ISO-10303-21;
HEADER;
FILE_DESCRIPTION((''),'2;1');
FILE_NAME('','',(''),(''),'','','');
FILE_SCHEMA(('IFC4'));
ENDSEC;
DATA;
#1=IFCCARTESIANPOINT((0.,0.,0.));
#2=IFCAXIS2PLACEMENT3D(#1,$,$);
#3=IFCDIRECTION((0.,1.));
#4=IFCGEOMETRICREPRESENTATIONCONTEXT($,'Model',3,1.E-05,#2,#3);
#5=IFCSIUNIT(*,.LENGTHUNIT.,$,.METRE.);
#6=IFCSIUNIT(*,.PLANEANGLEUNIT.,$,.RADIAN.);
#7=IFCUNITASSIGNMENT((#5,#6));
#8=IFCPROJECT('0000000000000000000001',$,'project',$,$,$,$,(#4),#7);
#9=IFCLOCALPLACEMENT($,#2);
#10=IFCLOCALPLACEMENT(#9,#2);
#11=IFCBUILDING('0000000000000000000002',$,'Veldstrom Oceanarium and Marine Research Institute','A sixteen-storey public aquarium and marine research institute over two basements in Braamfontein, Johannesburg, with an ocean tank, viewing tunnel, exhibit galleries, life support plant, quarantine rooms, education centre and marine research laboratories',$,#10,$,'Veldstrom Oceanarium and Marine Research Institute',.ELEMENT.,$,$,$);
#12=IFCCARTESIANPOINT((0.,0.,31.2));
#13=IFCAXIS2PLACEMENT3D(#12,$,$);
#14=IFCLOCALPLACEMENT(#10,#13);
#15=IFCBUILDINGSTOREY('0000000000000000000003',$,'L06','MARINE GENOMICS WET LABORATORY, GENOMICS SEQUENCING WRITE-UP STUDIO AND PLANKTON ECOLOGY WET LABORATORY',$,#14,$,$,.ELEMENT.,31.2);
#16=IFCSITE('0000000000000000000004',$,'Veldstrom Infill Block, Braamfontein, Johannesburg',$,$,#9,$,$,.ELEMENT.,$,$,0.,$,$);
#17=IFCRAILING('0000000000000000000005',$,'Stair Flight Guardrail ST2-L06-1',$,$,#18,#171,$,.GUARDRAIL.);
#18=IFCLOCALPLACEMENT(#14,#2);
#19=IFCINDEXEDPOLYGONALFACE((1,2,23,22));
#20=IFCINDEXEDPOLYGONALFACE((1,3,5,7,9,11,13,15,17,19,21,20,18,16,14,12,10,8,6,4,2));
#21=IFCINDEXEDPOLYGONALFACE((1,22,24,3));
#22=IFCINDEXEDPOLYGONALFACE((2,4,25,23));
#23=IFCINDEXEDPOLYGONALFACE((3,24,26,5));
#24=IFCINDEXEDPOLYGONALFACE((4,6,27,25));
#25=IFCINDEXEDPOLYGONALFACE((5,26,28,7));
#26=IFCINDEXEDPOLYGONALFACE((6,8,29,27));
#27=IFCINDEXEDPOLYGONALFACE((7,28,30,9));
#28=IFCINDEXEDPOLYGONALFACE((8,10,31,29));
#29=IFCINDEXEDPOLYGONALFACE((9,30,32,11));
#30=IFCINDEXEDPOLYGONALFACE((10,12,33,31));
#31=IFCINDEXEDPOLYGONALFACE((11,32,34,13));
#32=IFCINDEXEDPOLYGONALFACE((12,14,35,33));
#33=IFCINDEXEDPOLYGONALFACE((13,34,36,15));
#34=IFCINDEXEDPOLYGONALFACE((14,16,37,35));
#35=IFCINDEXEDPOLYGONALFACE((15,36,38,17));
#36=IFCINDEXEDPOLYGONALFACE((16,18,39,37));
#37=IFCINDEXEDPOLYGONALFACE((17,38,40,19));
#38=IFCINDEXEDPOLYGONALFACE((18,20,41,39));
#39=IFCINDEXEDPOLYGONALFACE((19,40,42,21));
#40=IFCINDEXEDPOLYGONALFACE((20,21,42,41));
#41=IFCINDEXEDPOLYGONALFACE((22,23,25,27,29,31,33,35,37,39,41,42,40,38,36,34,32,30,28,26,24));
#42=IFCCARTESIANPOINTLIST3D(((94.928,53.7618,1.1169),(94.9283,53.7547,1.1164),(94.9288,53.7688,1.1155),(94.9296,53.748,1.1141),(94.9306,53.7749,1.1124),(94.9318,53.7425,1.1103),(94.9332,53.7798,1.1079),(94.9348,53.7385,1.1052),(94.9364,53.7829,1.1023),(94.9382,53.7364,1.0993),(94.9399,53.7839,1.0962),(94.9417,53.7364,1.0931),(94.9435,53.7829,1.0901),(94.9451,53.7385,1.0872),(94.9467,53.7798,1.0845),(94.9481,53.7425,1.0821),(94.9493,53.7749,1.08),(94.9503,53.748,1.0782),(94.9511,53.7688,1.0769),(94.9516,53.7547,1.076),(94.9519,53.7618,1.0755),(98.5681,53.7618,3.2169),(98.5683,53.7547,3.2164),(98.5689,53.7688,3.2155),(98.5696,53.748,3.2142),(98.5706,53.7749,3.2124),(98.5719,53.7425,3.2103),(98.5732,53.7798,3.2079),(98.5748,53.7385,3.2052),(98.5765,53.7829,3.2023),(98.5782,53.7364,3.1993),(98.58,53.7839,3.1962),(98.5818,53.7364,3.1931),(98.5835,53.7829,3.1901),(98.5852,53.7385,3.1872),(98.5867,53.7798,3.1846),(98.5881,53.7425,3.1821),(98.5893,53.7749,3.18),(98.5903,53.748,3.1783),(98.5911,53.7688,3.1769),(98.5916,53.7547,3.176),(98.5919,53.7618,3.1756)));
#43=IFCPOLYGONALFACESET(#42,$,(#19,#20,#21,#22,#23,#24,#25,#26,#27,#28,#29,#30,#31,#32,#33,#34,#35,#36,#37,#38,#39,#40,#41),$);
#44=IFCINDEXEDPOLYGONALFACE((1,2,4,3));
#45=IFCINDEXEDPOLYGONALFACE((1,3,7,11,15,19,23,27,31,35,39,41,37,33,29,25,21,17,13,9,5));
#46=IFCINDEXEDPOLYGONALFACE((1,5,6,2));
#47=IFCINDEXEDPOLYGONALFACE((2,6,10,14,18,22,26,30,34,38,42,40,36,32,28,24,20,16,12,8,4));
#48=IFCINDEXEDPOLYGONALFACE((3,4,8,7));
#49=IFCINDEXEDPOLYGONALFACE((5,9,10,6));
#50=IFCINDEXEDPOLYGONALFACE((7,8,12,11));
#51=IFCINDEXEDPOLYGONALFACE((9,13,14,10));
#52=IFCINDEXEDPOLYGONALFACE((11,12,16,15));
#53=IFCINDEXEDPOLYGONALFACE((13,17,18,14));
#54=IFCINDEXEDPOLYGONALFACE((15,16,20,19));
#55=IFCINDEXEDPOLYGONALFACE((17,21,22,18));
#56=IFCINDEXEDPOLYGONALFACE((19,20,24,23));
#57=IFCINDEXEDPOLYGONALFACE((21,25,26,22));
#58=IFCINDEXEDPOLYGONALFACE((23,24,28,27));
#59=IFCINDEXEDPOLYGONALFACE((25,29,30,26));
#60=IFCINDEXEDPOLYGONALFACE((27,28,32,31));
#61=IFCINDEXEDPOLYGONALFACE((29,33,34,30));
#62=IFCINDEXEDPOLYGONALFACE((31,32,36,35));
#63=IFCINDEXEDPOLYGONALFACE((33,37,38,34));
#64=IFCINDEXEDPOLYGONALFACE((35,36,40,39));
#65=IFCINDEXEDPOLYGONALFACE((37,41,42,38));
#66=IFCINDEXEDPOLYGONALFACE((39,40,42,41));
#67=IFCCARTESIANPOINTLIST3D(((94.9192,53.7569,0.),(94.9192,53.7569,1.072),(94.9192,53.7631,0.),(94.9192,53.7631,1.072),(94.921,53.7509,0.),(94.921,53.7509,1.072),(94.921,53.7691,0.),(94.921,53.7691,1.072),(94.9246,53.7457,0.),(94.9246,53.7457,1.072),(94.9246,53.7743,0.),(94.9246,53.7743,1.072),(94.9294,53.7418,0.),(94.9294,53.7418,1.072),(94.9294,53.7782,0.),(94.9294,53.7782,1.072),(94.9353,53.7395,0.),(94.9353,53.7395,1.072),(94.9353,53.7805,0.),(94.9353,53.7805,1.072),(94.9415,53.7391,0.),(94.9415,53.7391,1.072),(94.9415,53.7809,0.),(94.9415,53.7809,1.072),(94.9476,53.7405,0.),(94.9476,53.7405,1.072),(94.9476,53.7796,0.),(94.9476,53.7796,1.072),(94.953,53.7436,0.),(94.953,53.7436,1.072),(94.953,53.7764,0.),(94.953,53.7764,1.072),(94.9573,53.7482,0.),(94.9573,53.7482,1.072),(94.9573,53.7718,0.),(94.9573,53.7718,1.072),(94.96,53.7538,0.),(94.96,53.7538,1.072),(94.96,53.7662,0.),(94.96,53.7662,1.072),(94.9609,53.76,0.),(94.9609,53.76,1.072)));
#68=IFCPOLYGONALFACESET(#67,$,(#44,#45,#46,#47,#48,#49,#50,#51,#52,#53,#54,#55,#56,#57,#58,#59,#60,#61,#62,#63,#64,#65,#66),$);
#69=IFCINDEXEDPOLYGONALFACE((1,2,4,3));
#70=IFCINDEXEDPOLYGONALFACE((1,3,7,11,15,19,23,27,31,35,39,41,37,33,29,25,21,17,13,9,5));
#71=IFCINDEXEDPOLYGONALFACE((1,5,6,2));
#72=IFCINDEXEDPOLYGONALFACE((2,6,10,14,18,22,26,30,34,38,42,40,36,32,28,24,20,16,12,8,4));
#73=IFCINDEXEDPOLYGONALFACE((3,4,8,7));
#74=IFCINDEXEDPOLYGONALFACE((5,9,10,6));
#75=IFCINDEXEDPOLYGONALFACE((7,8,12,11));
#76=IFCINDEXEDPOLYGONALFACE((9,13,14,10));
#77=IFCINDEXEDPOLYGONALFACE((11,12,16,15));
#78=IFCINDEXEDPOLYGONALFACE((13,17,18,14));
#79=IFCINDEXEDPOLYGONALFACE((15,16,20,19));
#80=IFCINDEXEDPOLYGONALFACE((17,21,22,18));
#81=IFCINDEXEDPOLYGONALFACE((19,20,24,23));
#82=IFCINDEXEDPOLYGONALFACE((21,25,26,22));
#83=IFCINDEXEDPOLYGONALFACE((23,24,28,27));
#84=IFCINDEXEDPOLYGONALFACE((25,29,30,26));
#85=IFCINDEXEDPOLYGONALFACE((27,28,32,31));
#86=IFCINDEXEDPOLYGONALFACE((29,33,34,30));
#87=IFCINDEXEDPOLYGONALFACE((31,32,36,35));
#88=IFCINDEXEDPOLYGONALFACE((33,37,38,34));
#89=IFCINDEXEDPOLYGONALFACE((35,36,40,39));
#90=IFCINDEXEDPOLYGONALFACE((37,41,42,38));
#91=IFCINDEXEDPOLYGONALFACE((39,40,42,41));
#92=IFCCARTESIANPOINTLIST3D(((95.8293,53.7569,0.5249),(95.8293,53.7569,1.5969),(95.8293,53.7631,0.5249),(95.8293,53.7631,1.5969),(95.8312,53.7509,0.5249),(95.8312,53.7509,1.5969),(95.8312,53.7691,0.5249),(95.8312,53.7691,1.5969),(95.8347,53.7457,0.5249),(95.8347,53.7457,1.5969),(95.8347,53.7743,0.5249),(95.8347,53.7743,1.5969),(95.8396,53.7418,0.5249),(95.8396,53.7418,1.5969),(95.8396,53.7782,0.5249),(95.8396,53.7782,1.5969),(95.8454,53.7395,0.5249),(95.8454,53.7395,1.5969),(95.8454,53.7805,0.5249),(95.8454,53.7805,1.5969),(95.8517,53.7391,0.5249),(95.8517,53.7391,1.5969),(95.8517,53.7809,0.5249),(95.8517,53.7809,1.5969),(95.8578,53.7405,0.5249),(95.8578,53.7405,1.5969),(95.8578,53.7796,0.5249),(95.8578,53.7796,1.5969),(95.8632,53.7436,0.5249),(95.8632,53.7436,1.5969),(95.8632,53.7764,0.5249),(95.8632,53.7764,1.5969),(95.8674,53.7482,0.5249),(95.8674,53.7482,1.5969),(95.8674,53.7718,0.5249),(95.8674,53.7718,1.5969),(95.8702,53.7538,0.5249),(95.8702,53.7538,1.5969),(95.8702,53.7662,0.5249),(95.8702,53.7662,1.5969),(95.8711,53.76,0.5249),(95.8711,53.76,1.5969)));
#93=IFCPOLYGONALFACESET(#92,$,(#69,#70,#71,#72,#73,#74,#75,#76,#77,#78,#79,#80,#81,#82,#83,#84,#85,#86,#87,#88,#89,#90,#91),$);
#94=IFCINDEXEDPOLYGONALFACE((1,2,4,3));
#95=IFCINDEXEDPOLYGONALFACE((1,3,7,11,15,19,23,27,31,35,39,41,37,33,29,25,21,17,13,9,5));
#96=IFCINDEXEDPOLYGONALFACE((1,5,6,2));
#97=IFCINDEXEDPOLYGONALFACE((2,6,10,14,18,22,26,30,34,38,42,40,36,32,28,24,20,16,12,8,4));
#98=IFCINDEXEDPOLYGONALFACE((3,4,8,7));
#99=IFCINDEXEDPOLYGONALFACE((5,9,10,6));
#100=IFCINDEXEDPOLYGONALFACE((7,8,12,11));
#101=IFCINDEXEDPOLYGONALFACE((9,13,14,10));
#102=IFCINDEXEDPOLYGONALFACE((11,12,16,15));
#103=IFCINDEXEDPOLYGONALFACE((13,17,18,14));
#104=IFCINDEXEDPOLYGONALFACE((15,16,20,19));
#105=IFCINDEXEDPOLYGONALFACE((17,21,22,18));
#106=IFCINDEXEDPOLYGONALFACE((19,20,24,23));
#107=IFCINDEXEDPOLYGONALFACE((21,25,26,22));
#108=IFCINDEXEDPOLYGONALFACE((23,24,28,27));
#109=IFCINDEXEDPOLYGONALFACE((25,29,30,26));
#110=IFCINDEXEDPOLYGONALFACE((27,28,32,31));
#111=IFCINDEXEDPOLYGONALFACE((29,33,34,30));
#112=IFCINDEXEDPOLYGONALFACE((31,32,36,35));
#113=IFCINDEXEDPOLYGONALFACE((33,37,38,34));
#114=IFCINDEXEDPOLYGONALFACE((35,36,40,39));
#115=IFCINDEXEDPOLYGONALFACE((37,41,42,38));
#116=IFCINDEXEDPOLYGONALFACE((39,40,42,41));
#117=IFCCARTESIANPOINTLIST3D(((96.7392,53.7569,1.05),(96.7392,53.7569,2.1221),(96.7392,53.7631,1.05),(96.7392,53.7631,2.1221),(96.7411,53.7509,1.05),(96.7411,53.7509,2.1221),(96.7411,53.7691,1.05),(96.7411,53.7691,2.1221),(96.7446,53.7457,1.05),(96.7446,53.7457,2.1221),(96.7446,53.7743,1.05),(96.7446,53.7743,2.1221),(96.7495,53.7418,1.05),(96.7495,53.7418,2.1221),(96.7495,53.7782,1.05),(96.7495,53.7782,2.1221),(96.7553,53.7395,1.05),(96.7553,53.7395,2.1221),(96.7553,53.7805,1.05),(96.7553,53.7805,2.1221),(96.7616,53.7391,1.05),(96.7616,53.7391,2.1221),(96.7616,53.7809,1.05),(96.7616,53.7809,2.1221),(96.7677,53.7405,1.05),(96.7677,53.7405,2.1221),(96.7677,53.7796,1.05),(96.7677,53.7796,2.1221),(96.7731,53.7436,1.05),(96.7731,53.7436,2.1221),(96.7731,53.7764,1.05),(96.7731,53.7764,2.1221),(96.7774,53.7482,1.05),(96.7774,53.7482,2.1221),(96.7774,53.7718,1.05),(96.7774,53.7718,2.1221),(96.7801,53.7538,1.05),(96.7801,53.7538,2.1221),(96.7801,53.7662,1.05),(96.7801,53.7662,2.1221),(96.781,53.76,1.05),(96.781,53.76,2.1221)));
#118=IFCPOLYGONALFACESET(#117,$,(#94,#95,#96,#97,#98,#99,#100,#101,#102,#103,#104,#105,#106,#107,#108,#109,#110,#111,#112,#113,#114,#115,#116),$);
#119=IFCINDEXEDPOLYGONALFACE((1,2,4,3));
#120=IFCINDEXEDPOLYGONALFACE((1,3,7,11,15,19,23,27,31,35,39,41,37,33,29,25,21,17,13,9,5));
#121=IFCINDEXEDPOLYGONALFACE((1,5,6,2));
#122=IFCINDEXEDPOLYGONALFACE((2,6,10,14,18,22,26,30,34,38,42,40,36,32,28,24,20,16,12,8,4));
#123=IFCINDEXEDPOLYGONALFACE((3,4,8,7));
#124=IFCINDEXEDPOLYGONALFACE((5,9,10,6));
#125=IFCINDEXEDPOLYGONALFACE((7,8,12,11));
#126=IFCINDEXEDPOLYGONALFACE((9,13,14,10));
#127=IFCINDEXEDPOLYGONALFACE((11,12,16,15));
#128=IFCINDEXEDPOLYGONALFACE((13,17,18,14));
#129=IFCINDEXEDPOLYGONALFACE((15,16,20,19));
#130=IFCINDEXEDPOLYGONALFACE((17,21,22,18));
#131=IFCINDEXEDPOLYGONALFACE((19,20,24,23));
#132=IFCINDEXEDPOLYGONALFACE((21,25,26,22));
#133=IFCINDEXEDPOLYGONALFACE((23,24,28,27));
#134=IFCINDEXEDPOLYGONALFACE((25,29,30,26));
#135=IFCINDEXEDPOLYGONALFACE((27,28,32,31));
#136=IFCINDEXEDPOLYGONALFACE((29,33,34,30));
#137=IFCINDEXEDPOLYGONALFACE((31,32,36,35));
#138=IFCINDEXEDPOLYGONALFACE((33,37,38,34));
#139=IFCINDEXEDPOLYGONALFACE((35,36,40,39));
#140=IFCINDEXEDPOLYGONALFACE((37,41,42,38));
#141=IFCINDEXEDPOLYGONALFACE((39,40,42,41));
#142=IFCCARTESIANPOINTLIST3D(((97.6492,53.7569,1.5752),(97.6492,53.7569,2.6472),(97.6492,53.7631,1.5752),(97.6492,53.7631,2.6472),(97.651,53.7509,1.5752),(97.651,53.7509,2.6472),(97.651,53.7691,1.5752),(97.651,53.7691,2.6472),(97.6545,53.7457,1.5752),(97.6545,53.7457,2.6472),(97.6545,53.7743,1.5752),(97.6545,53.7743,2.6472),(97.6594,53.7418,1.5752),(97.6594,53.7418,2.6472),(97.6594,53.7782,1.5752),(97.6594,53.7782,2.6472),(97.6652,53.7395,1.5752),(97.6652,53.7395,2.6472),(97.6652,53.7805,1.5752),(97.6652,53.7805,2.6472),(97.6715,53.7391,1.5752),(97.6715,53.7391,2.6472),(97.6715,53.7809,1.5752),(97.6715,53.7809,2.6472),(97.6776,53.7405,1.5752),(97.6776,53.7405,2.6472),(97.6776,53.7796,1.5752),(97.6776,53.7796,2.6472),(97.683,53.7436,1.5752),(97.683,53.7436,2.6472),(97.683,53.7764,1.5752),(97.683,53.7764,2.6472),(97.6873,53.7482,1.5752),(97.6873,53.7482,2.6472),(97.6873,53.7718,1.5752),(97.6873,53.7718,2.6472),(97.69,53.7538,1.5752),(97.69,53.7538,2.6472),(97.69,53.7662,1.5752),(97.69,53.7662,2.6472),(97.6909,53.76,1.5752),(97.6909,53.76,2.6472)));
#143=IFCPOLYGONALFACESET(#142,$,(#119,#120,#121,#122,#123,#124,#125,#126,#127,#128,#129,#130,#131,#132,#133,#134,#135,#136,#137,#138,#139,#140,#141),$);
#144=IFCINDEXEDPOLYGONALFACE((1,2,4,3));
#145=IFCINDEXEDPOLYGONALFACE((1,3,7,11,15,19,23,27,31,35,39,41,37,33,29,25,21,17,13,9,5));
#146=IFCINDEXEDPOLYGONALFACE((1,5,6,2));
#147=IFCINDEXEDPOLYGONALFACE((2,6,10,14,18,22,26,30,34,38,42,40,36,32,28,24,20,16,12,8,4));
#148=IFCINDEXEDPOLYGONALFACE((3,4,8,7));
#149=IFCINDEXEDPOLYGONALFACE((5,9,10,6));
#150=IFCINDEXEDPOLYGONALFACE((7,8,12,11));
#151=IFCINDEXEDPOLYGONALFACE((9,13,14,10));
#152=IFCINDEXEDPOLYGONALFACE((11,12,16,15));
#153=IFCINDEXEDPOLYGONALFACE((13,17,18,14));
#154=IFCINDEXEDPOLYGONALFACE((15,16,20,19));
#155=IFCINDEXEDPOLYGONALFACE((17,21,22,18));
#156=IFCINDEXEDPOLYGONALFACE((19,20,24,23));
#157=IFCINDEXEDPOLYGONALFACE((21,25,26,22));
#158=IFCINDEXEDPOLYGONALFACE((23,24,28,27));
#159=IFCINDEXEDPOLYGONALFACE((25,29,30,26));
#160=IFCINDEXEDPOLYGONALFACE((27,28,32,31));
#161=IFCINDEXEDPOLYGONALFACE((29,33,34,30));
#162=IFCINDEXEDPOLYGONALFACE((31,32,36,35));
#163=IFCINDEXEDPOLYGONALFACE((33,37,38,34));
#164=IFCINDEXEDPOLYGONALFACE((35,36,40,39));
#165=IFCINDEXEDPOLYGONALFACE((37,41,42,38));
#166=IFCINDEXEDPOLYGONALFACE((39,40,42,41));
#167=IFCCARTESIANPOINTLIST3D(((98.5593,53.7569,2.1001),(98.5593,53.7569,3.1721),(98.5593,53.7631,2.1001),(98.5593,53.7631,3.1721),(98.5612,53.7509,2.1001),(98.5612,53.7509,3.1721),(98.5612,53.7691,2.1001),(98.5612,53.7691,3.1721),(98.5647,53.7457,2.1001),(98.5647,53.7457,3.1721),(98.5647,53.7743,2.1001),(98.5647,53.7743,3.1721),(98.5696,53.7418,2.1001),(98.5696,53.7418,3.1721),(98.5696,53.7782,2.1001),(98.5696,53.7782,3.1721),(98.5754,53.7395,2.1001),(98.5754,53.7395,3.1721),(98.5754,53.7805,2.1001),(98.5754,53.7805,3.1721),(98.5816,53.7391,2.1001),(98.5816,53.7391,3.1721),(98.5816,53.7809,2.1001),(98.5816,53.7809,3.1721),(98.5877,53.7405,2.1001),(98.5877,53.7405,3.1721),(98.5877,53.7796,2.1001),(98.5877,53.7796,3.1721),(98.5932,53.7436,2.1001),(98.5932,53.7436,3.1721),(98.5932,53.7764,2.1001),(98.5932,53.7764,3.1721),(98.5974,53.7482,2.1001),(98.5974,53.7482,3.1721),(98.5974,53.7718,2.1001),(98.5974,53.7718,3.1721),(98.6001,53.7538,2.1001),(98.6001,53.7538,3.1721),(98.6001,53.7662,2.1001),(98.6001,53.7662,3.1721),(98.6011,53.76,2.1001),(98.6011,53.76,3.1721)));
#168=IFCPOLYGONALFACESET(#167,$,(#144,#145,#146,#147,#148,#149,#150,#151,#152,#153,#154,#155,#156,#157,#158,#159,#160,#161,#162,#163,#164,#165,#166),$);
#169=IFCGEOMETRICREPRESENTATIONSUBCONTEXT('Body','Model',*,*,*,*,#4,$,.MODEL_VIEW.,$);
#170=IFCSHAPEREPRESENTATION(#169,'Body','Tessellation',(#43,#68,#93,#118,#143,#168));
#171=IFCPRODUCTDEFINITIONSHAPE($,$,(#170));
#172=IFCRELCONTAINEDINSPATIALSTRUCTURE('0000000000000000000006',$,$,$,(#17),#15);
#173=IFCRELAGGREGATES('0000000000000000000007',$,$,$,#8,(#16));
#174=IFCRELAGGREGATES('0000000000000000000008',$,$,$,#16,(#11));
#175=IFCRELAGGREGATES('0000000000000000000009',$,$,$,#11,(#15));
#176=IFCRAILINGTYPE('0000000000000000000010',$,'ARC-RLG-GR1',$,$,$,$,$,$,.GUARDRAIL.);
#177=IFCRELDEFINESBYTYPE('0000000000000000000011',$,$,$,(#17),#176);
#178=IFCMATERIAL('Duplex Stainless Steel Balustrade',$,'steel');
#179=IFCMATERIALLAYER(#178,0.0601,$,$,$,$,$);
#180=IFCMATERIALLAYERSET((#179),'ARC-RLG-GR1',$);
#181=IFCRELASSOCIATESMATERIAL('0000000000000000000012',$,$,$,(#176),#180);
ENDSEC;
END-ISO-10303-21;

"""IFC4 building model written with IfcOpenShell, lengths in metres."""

from ifc_helpers import new_model, si_unit, direction, frame, origin, origin_2d, place, context, subcontext, project, spatial, circle, extrude, material, layer, layer_set, type_object, element, save


model = new_model("IFC4")

# Units and contexts
model_context = context("Model", 3, precision=1e-05, world=origin(), true_north=direction((0.0, 1.0)))
body_context = subcontext(model_context, "Body", "Model", "MODEL_VIEW")
ifc_project = project(units=[si_unit("LENGTHUNIT", "METRE"), si_unit("PLANEANGLEUNIT", "RADIAN")], contexts=[model_context])

# Site, building, storey
site_placement = place(None, origin())
site = spatial("IfcSite", under=ifc_project, at=site_placement, Name="Veldstrom Infill Block, Braamfontein, Johannesburg", CompositionType="ELEMENT", RefElevation=0.0)
building_placement = place(site_placement, origin())
building = spatial("IfcBuilding", under=site, at=building_placement, Name="Veldstrom Oceanarium and Marine Research Institute", Description="A sixteen-storey public aquarium and marine research institute over two basements in Braamfontein, Johannesburg, with an ocean tank, viewing tunnel, exhibit galleries, life support plant, quarantine rooms, education centre and marine research laboratories", LongName="Veldstrom Oceanarium and Marine Research Institute", CompositionType="ELEMENT")
storey_placement = place(building_placement, frame((0.0, 0.0, 31.2)))
storey = spatial("IfcBuildingStorey", under=building, at=storey_placement, Name="L06", Description="MARINE GENOMICS WET LABORATORY, GENOMICS SEQUENCING WRITE-UP STUDIO AND PLANKTON ECOLOGY WET LABORATORY", CompositionType="ELEMENT", Elevation=31.2)

# Railing
ifc_material_1 = material(Name="Duplex Stainless Steel Balustrade", Category="steel")
ifc_layer_1 = layer(ifc_material_1, 0.0601)
ifc_layer_set_1 = layer_set([ifc_layer_1], Name="ARC-RLG-GR1")
railing_type_1 = type_object("IfcRailingType", Name="ARC-RLG-GR1", PredefinedType="GUARDRAIL", material=ifc_layer_set_1)
railing_1_placement = place(storey_placement, frame((94.9399, 53.76, 0.0)))
element("IfcRailing", 1, at=railing_1_placement, inside=storey, type_object=railing_type_1, Name="Stair Flight Guardrail ST2-L06-1", PredefinedType="GUARDRAIL", context=body_context, shape_type="SweptSolid", body=[
    extrude(circle(Radius=0.0239, at=origin_2d()), frame((0.0, 0.0, 1.0962), z_axis=(0.866184, 0.0, 0.499726), x_axis=(0.0, 1.0, 0.0)), (0.0, 0.0, 1.0), 4.2024),
    extrude(circle(Radius=0.021, at=origin_2d()), origin(), (0.0, 0.0, 1.0), 1.072),
    extrude(circle(Radius=0.021, at=origin_2d()), frame((0.9102, 0.0, 0.5249)), (0.0, 0.0, 1.0), 1.072),
    extrude(circle(Radius=0.021, at=origin_2d()), frame((1.8201, 0.0, 1.05)), (0.0, 0.0, 1.0), 1.072),
    extrude(circle(Radius=0.021, at=origin_2d()), frame((2.73, 0.0, 1.5752)), (0.0, 0.0, 1.0), 1.072),
    extrude(circle(Radius=0.021, at=origin_2d()), frame((3.6401, 0.0, 2.1001)), (0.0, 0.0, 1.0), 1.072),
])

save(model, "model.ifc")
